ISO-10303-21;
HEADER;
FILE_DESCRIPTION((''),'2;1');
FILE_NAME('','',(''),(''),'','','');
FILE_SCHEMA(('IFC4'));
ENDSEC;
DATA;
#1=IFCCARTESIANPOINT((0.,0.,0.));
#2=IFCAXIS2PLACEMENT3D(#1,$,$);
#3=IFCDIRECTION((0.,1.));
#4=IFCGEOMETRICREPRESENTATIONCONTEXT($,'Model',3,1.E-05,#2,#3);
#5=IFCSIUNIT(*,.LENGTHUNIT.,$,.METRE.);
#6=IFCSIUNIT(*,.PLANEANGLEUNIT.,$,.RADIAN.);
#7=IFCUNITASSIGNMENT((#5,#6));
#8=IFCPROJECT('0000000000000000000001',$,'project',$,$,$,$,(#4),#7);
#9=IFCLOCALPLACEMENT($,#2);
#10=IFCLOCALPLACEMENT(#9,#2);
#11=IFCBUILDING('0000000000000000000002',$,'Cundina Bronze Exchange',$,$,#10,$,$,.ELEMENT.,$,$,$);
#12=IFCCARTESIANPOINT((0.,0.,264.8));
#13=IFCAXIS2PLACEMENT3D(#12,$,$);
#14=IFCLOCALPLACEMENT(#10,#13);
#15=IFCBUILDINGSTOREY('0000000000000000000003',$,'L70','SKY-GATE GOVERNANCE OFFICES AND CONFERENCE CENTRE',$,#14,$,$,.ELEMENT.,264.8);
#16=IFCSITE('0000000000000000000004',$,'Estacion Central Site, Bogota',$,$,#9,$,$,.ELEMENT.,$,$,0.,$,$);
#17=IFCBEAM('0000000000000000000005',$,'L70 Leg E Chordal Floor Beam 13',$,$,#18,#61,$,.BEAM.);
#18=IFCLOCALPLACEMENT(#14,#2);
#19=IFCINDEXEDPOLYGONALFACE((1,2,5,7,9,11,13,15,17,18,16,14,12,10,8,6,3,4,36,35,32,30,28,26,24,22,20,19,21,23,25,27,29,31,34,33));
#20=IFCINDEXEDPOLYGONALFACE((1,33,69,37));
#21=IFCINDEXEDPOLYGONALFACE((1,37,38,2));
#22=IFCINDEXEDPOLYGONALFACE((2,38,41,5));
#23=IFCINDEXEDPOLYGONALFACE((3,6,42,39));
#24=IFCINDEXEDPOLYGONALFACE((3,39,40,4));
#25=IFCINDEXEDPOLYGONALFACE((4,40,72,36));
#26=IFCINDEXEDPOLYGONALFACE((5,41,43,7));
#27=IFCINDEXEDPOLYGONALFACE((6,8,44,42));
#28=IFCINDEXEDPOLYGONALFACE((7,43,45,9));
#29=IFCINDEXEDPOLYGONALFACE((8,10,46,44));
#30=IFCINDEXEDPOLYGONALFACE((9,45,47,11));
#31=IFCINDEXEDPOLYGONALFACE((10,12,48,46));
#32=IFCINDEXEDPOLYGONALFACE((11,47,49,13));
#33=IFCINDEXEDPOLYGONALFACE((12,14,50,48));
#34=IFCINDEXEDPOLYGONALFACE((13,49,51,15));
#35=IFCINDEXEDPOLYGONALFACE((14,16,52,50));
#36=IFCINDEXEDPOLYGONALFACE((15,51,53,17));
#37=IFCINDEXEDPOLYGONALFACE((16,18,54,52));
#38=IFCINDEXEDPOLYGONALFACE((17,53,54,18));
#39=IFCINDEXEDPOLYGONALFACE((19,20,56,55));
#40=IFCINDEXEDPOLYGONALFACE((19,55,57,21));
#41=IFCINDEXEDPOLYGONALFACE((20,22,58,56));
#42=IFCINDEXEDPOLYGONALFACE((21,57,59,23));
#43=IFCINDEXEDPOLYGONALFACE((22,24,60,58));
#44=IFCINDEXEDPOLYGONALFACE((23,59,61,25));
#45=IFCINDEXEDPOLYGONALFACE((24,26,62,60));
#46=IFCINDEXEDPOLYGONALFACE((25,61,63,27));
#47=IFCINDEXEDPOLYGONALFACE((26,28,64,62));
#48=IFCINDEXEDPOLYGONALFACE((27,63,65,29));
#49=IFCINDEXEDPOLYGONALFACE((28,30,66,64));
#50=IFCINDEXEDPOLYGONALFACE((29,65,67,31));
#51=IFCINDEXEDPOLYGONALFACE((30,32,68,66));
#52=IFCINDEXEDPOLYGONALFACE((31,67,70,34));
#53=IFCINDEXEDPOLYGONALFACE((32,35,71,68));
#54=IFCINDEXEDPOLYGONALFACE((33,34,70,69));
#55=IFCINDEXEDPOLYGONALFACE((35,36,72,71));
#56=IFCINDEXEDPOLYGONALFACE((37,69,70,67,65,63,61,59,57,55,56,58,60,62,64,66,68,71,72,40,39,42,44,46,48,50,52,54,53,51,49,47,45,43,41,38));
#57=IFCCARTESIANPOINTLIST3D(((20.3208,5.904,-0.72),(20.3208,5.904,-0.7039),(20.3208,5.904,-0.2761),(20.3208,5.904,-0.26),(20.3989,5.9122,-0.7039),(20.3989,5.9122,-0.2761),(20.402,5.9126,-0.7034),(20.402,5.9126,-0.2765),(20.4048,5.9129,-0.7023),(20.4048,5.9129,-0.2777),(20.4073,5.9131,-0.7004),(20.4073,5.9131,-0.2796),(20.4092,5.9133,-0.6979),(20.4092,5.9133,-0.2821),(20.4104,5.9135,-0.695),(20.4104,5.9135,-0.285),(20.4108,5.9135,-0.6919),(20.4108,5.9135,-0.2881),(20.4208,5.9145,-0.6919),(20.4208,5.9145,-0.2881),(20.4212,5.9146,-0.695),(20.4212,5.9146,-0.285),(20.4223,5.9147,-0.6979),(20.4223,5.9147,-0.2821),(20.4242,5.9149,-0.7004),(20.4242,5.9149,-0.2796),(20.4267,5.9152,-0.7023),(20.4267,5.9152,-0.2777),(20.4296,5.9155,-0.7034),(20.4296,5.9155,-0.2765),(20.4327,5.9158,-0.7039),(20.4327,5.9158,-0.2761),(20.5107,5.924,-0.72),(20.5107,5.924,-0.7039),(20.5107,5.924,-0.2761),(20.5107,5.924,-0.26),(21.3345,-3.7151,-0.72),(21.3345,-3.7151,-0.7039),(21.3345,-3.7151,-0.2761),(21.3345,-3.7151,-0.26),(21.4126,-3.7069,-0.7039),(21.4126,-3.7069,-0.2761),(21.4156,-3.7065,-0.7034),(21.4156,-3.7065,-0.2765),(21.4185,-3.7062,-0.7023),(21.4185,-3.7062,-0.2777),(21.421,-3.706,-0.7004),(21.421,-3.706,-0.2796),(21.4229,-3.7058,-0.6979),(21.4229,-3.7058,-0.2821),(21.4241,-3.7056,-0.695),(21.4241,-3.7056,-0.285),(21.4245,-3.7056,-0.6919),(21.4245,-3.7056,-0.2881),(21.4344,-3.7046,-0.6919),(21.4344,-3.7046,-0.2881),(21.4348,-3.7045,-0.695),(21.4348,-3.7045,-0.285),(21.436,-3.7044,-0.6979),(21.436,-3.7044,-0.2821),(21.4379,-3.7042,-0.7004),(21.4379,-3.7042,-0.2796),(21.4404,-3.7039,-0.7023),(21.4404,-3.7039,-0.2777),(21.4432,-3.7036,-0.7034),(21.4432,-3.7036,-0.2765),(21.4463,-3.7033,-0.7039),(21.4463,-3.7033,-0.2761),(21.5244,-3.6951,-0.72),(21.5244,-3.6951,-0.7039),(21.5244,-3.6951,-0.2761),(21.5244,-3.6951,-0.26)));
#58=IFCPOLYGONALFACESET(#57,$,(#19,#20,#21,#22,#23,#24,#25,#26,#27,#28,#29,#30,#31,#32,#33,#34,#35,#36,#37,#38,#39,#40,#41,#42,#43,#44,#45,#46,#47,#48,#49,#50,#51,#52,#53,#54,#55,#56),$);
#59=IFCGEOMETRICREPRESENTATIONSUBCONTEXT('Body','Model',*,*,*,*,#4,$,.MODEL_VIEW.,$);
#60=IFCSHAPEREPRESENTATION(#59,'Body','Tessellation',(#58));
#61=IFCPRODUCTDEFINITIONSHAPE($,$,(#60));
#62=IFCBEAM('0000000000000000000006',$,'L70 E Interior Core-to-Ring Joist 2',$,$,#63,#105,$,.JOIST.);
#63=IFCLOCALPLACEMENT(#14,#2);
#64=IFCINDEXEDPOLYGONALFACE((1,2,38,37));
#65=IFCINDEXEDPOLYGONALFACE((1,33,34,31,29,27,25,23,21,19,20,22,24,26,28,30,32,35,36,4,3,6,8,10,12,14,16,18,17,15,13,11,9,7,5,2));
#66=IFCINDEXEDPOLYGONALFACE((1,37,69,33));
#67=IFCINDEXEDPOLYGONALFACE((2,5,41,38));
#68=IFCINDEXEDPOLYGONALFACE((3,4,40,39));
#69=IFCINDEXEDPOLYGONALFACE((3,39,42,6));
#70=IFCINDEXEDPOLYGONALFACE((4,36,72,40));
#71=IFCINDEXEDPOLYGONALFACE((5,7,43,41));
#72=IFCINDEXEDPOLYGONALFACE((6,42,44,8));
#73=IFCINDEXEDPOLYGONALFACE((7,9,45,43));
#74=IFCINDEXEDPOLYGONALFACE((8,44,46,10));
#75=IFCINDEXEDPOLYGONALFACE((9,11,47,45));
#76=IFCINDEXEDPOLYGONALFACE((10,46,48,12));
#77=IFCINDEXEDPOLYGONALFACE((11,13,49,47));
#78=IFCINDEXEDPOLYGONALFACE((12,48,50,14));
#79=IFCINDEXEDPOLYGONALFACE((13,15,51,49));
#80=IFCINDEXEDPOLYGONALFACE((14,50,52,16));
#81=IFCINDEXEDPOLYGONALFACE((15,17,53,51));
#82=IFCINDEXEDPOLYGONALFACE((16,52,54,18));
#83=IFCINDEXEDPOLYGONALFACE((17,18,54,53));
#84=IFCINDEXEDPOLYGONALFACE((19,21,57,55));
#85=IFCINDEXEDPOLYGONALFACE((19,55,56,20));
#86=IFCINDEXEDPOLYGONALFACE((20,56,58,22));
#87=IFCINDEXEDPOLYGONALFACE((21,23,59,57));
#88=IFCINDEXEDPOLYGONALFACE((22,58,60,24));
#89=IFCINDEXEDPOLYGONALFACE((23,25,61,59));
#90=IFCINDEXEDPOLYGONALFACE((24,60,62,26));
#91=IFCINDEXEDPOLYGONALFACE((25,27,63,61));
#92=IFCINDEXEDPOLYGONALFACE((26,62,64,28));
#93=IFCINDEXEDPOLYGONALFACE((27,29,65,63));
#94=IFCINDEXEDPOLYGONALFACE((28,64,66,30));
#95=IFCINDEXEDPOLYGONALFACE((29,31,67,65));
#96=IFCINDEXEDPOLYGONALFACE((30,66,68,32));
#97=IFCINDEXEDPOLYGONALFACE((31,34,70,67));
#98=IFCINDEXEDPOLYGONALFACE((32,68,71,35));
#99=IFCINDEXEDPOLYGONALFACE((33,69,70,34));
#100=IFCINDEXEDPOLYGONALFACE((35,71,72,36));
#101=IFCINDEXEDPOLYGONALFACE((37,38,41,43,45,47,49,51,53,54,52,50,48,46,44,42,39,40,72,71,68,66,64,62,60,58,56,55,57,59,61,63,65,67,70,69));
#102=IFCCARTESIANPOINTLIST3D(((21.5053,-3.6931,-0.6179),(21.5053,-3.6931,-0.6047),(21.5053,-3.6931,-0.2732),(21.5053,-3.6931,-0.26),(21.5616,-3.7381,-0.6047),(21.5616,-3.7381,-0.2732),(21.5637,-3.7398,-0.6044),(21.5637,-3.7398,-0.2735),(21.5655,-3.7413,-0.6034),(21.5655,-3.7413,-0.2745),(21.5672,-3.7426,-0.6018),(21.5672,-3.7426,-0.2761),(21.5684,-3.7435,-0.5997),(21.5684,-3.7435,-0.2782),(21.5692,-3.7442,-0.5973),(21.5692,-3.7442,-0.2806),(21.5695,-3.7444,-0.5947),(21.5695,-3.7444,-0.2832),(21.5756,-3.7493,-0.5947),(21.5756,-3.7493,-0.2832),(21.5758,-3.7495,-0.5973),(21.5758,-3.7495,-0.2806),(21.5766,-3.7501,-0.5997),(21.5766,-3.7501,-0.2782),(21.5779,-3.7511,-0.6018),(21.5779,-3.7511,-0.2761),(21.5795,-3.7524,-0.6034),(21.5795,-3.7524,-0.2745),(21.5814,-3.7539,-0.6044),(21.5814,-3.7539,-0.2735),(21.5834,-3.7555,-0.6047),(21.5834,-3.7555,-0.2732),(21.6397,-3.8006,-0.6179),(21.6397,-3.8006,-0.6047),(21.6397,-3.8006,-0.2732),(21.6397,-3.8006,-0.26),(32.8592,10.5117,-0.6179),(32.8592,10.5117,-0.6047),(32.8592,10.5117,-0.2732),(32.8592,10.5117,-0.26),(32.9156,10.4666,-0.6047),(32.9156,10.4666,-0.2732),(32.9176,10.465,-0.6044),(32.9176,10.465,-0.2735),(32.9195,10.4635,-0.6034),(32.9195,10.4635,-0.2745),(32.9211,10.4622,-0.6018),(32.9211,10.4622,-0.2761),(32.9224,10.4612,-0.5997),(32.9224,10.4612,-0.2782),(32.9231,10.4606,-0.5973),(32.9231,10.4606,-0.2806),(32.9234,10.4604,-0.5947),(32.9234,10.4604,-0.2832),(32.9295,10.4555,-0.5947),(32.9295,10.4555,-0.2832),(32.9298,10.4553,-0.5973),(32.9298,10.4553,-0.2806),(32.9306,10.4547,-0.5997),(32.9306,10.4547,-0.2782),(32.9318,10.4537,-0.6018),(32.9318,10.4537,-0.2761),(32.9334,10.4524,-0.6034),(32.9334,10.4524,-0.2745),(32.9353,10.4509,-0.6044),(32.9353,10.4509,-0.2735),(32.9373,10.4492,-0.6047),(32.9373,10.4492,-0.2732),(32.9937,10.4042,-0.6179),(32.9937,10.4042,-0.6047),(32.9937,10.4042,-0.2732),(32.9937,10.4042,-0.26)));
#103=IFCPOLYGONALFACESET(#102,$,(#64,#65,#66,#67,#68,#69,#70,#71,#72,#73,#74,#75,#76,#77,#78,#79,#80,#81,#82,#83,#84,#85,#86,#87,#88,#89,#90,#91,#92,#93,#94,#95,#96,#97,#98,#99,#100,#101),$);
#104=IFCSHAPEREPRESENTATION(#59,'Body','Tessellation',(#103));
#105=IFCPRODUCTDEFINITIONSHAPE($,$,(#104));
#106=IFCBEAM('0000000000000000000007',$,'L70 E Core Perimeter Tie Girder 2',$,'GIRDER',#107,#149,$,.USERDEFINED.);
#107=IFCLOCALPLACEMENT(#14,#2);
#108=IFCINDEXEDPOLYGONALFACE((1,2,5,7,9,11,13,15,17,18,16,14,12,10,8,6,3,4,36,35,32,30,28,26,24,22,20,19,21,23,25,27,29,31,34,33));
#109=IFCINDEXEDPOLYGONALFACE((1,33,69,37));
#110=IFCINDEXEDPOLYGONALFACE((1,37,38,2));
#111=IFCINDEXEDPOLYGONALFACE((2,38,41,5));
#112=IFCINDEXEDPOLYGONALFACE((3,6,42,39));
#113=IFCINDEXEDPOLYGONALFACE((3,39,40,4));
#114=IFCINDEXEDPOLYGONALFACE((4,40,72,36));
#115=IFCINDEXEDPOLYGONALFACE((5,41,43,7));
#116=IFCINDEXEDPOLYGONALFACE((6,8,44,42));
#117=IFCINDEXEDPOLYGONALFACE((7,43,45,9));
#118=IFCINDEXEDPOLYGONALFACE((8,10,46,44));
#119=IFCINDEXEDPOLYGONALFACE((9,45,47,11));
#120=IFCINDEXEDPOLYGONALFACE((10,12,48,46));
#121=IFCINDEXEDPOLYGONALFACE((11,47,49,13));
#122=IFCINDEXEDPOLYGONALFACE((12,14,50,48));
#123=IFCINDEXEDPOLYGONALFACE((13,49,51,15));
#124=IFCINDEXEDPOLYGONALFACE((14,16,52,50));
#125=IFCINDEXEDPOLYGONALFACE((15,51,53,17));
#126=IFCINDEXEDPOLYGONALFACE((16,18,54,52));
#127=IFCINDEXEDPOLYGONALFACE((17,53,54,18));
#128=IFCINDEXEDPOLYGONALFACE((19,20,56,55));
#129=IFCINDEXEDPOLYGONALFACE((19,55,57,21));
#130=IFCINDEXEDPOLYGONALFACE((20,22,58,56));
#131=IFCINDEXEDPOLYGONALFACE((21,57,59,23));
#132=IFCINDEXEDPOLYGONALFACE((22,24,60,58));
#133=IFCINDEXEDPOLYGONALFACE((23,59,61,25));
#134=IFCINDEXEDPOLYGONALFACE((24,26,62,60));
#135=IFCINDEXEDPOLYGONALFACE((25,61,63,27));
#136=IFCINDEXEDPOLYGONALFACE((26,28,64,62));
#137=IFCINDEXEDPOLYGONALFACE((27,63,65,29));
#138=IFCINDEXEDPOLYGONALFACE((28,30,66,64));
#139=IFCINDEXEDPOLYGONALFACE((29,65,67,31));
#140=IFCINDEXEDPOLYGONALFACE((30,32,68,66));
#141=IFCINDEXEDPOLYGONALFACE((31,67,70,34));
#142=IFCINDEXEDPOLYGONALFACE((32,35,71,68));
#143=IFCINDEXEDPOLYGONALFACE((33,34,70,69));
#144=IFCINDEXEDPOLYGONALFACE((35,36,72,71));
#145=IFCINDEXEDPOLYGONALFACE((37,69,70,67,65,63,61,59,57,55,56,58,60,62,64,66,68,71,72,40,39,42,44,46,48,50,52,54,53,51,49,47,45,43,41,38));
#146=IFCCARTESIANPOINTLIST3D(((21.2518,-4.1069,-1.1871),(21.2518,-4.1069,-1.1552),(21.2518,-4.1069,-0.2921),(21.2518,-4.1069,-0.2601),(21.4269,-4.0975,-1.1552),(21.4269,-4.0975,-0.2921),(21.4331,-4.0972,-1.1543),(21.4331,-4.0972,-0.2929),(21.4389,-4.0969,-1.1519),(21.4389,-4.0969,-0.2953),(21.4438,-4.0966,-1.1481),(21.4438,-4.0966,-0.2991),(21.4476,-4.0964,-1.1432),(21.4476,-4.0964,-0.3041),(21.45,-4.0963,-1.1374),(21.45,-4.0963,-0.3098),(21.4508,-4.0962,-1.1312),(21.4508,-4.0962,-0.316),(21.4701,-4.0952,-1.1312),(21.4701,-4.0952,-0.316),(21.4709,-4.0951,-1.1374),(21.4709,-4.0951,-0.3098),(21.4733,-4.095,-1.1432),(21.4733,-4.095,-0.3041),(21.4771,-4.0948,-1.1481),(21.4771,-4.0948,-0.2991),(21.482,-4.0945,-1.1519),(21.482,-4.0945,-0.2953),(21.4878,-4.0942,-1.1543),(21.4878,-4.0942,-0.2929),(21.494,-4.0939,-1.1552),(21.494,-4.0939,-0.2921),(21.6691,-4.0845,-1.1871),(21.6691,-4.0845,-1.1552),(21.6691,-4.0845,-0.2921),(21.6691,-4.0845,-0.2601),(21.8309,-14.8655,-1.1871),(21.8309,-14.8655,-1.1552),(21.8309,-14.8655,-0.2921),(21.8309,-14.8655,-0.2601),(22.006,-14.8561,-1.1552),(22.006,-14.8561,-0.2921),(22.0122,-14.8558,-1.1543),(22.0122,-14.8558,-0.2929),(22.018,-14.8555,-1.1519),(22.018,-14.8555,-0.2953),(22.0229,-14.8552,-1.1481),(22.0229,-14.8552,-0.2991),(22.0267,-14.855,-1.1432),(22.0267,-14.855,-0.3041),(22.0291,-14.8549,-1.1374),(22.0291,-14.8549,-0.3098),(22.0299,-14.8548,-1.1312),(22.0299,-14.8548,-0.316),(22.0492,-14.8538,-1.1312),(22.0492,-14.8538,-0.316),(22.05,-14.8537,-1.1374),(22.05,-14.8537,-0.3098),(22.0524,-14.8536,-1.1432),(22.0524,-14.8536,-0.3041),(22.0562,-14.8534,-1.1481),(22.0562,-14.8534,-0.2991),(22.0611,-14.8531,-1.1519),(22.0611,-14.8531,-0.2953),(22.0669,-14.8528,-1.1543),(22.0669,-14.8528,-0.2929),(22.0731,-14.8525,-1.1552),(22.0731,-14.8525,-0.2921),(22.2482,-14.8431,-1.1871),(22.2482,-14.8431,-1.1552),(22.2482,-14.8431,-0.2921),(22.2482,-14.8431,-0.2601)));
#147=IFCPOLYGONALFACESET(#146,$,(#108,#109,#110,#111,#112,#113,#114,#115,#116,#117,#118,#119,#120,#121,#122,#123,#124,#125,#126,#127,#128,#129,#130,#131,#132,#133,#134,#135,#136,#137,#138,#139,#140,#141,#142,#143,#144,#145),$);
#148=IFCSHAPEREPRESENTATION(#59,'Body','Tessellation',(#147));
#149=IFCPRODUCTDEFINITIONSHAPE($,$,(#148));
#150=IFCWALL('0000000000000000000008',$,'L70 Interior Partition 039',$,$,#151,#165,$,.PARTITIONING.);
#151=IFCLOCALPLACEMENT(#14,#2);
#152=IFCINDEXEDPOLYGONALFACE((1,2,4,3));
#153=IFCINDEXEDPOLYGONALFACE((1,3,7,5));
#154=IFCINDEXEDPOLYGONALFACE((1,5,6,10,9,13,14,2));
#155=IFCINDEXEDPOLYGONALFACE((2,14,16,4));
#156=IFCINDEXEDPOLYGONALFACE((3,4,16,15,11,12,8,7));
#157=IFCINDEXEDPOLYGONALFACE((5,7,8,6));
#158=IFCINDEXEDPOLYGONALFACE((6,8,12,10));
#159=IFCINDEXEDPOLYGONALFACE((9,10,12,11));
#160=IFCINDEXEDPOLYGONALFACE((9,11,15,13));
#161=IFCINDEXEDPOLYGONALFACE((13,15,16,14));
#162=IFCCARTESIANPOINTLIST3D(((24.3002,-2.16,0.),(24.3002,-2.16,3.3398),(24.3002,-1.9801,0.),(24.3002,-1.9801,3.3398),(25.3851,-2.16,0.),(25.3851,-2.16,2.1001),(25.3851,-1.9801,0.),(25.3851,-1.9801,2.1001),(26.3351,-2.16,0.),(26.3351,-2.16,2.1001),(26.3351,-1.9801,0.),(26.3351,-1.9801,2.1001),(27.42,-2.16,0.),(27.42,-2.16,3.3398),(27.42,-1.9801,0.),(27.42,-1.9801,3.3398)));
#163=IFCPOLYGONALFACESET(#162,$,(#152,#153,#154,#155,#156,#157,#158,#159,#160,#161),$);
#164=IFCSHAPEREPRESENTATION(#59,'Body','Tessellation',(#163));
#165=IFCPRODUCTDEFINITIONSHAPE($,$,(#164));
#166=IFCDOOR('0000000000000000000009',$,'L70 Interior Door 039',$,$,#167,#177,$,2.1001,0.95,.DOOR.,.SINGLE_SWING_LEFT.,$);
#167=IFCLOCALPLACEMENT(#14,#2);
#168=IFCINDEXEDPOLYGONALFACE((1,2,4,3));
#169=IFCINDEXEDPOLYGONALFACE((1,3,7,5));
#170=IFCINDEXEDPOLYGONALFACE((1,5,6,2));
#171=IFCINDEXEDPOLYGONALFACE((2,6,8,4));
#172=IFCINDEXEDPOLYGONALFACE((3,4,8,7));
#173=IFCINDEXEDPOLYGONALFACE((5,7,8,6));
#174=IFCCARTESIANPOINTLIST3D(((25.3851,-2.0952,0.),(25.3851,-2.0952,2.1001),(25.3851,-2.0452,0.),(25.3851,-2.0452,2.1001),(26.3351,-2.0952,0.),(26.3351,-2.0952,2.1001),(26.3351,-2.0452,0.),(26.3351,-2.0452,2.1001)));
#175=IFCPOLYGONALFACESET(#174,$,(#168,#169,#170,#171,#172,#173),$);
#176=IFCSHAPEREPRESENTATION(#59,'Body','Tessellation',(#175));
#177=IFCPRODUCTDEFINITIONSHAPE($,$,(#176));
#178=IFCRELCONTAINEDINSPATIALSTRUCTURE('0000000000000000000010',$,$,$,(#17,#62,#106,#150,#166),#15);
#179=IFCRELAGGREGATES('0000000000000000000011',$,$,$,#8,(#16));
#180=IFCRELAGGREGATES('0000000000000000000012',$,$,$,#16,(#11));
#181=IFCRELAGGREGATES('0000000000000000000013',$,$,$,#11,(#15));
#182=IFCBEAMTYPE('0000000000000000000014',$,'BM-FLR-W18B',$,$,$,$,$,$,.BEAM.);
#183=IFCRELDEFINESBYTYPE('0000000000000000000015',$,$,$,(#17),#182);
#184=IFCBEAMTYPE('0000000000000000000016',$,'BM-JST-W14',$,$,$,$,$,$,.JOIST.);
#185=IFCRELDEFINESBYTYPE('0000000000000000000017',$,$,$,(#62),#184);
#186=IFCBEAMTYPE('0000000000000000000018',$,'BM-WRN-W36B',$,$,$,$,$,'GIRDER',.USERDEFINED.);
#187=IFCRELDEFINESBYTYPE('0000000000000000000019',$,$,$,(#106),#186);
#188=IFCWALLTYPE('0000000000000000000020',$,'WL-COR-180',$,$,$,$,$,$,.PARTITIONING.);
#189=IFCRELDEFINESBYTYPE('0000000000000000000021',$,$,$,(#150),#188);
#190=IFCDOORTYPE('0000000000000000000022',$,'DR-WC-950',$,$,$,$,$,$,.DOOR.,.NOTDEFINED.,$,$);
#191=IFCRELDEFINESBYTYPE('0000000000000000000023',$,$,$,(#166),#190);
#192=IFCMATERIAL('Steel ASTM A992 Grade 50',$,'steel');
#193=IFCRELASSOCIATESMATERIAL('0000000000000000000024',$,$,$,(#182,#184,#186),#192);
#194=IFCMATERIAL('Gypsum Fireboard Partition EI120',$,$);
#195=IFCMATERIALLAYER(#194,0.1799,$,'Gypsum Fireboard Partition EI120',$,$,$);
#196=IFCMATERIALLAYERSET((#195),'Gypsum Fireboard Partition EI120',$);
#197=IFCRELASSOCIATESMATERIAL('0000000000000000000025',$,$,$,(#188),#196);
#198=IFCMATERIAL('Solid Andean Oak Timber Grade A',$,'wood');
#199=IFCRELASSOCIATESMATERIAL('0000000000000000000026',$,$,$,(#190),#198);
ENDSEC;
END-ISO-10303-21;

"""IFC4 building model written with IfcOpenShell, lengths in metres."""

from ifc_helpers import new_model, si_unit, direction, frame, frame_2d, origin, origin_2d, place, context, subcontext, project, spatial, rectangle, i_section, extrude, material, layer, layer_set, material_profile, profile_set, type_object, element, fill, save


model = new_model("IFC4")

# Units and contexts
model_context = context("Model", 3, precision=1e-05, world=origin(), true_north=direction((0.0, 1.0)))
body_context = subcontext(model_context, "Body", "Model", "MODEL_VIEW")
ifc_project = project(units=[si_unit("LENGTHUNIT", "METRE"), si_unit("PLANEANGLEUNIT", "RADIAN")], contexts=[model_context])

# Site, building, storey
site_placement = place(None, origin())
site = spatial("IfcSite", under=ifc_project, at=site_placement, Name="Estacion Central Site, Bogota", CompositionType="ELEMENT", RefElevation=0.0)
building_placement = place(site_placement, origin())
building = spatial("IfcBuilding", under=site, at=building_placement, Name="Cundina Bronze Exchange", CompositionType="ELEMENT")
storey_placement = place(building_placement, frame((0.0, 0.0, 264.8)))
storey = spatial("IfcBuildingStorey", under=building, at=storey_placement, Name="L70", Description="SKY-GATE GOVERNANCE OFFICES AND CONFERENCE CENTRE", CompositionType="ELEMENT", Elevation=264.8)

# Shared definitions
ifc_material_1 = material(Name="Steel ASTM A992 Grade 50", Category="steel")

# Beams
ifc_material_profile_1 = material_profile(ifc_material_1, i_section(OverallWidth=0.1909, OverallDepth=0.46, WebThickness=0.01, FlangeThickness=0.0161, FilletRadius=0.012, at=origin_2d()), Name="W18X55", Category="steel")
ifc_profile_set_1 = profile_set([ifc_material_profile_1], Name="Steel ASTM A992 Grade 50")
beam_type_1 = type_object("IfcBeamType", Name="BM-FLR-W18B", PredefinedType="BEAM", material=ifc_profile_set_1)
beam_1_placement = place(storey_placement, frame((21.4294, -3.7051, -0.49), z_axis=(-0.1048, 0.994493, 0.0), x_axis=(-0.994493, -0.1048, 0.0)))
element("IfcBeam", 1, at=beam_1_placement, inside=storey, type_object=beam_type_1, Name="L70 Leg E Chordal Floor Beam 13", PredefinedType="BEAM", context=body_context, shape_type="SweptSolid", body=[
    extrude(i_section(OverallWidth=0.1909, OverallDepth=0.46, WebThickness=0.01, FlangeThickness=0.0161, FilletRadius=0.012, at=origin_2d()), origin(), (0.0, 0.0, 1.0), 9.6724),
])
ifc_material_profile_2 = material_profile(ifc_material_1, i_section(OverallWidth=0.1721, OverallDepth=0.3579, WebThickness=0.0078, FlangeThickness=0.0132, FilletRadius=0.01, at=origin_2d()), Name="W14X38", Category="steel")
ifc_profile_set_2 = profile_set([ifc_material_profile_2], Name="Steel ASTM A992 Grade 50")
beam_type_2 = type_object("IfcBeamType", Name="BM-JST-W14", PredefinedType="JOIST", material=ifc_profile_set_2)
beam_2_placement = place(storey_placement, frame((21.5725, -3.7468, -0.439), z_axis=(0.624364, 0.781133, 0.0), x_axis=(-0.781133, 0.624364, 0.0)))
element("IfcBeam", 2, at=beam_2_placement, inside=storey, type_object=beam_type_2, Name="L70 E Interior Core-to-Ring Joist 2", PredefinedType="JOIST", context=body_context, shape_type="SweptSolid", body=[
    extrude(i_section(OverallWidth=0.1721, OverallDepth=0.3579, WebThickness=0.0078, FlangeThickness=0.0132, FilletRadius=0.01, at=origin_2d()), origin(), (0.0, 0.0, 1.0), 18.1848),
])
ifc_material_profile_3 = material_profile(ifc_material_1, i_section(OverallWidth=0.418, OverallDepth=0.927, WebThickness=0.0193, FlangeThickness=0.032, FilletRadius=0.0239, at=origin_2d()), Name="W36X231", Category="steel")
ifc_profile_set_3 = profile_set([ifc_material_profile_3], Name="Steel ASTM A992 Grade 50")
beam_type_3 = type_object("IfcBeamType", Name="BM-WRN-W36B", ElementType="GIRDER", PredefinedType="USERDEFINED", material=ifc_profile_set_3)
beam_3_placement = place(storey_placement, frame((21.4604, -4.0957, -0.7236), z_axis=(0.053749, -0.998554, 0.0), x_axis=(0.998554, 0.053749, 0.0)))
element("IfcBeam", 3, at=beam_3_placement, inside=storey, type_object=beam_type_3, Name="L70 E Core Perimeter Tie Girder 2", ObjectType="GIRDER", PredefinedType="USERDEFINED", context=body_context, shape_type="SweptSolid", body=[
    extrude(i_section(OverallWidth=0.418, OverallDepth=0.927, WebThickness=0.0193, FlangeThickness=0.032, FilletRadius=0.0239, at=origin_2d()), origin(), (0.0, 0.0, 1.0), 10.7742),
])

# Wall, opening, door
ifc_material_2 = material(Name="Gypsum Fireboard Partition EI120")
ifc_layer_1 = layer(ifc_material_2, 0.1799, Name="Gypsum Fireboard Partition EI120")
ifc_layer_set_1 = layer_set([ifc_layer_1], Name="Gypsum Fireboard Partition EI120")
wall_type_1 = type_object("IfcWallType", Name="WL-COR-180", PredefinedType="PARTITIONING", material=ifc_layer_set_1)
wall_1_placement = place(storey_placement, frame((24.3, -2.0701, 0.0), z_axis=(0.0, 0.0, 1.0), x_axis=(1.0, 0.0, 0.0)))
wall_1 = element("IfcWall", 4, at=wall_1_placement, inside=storey, type_object=wall_type_1, Name="L70 Interior Partition 039", PredefinedType="PARTITIONING", context=body_context, shape_type="SweptSolid", body=[
    extrude(rectangle(XDim=3.1199, YDim=0.1799, at=frame_2d((1.5601, 0.0))), origin(), (0.0, 0.0, 1.0), 3.3398),
])
opening_1_placement = place(wall_1_placement, frame((1.085, 0.0, 0.0)))
opening_1 = element("IfcOpeningElement", 5, at=opening_1_placement, cuts=wall_1, PredefinedType="OPENING", context=body_context, shape_type="SweptSolid", body=[
    extrude(rectangle(XDim=0.95, YDim=2.1001, at=frame_2d((0.4751, 1.05))), frame((0.0, 0.0999, 0.0), z_axis=(0.0, -1.0, 0.0), x_axis=(1.0, 0.0, 0.0)), (0.0, 0.0, 1.0), 0.2),
])
ifc_material_3 = material(Name="Solid Andean Oak Timber Grade A", Category="wood")
door_type_1 = type_object("IfcDoorType", Name="DR-WC-950", OperationType="NOTDEFINED", PredefinedType="DOOR", material=ifc_material_3)
door_1_placement = place(opening_1_placement, origin())
door_1 = element("IfcDoor", 6, at=door_1_placement, inside=storey, type_object=door_type_1, Name="L70 Interior Door 039", OperationType="SINGLE_SWING_LEFT", OverallHeight=2.1001, OverallWidth=0.95, PredefinedType="DOOR", context=body_context, shape_type="SweptSolid", body=[
    extrude(rectangle(XDim=0.95, YDim=2.1001, at=frame_2d((0.4751, 1.05))), frame((0.0, 0.0249, 0.0), z_axis=(0.0, -1.0, 0.0), x_axis=(1.0, 0.0, 0.0)), (0.0, 0.0, 1.0), 0.05),
])
fill(opening_1, door_1)

save(model, "model.ifc")
